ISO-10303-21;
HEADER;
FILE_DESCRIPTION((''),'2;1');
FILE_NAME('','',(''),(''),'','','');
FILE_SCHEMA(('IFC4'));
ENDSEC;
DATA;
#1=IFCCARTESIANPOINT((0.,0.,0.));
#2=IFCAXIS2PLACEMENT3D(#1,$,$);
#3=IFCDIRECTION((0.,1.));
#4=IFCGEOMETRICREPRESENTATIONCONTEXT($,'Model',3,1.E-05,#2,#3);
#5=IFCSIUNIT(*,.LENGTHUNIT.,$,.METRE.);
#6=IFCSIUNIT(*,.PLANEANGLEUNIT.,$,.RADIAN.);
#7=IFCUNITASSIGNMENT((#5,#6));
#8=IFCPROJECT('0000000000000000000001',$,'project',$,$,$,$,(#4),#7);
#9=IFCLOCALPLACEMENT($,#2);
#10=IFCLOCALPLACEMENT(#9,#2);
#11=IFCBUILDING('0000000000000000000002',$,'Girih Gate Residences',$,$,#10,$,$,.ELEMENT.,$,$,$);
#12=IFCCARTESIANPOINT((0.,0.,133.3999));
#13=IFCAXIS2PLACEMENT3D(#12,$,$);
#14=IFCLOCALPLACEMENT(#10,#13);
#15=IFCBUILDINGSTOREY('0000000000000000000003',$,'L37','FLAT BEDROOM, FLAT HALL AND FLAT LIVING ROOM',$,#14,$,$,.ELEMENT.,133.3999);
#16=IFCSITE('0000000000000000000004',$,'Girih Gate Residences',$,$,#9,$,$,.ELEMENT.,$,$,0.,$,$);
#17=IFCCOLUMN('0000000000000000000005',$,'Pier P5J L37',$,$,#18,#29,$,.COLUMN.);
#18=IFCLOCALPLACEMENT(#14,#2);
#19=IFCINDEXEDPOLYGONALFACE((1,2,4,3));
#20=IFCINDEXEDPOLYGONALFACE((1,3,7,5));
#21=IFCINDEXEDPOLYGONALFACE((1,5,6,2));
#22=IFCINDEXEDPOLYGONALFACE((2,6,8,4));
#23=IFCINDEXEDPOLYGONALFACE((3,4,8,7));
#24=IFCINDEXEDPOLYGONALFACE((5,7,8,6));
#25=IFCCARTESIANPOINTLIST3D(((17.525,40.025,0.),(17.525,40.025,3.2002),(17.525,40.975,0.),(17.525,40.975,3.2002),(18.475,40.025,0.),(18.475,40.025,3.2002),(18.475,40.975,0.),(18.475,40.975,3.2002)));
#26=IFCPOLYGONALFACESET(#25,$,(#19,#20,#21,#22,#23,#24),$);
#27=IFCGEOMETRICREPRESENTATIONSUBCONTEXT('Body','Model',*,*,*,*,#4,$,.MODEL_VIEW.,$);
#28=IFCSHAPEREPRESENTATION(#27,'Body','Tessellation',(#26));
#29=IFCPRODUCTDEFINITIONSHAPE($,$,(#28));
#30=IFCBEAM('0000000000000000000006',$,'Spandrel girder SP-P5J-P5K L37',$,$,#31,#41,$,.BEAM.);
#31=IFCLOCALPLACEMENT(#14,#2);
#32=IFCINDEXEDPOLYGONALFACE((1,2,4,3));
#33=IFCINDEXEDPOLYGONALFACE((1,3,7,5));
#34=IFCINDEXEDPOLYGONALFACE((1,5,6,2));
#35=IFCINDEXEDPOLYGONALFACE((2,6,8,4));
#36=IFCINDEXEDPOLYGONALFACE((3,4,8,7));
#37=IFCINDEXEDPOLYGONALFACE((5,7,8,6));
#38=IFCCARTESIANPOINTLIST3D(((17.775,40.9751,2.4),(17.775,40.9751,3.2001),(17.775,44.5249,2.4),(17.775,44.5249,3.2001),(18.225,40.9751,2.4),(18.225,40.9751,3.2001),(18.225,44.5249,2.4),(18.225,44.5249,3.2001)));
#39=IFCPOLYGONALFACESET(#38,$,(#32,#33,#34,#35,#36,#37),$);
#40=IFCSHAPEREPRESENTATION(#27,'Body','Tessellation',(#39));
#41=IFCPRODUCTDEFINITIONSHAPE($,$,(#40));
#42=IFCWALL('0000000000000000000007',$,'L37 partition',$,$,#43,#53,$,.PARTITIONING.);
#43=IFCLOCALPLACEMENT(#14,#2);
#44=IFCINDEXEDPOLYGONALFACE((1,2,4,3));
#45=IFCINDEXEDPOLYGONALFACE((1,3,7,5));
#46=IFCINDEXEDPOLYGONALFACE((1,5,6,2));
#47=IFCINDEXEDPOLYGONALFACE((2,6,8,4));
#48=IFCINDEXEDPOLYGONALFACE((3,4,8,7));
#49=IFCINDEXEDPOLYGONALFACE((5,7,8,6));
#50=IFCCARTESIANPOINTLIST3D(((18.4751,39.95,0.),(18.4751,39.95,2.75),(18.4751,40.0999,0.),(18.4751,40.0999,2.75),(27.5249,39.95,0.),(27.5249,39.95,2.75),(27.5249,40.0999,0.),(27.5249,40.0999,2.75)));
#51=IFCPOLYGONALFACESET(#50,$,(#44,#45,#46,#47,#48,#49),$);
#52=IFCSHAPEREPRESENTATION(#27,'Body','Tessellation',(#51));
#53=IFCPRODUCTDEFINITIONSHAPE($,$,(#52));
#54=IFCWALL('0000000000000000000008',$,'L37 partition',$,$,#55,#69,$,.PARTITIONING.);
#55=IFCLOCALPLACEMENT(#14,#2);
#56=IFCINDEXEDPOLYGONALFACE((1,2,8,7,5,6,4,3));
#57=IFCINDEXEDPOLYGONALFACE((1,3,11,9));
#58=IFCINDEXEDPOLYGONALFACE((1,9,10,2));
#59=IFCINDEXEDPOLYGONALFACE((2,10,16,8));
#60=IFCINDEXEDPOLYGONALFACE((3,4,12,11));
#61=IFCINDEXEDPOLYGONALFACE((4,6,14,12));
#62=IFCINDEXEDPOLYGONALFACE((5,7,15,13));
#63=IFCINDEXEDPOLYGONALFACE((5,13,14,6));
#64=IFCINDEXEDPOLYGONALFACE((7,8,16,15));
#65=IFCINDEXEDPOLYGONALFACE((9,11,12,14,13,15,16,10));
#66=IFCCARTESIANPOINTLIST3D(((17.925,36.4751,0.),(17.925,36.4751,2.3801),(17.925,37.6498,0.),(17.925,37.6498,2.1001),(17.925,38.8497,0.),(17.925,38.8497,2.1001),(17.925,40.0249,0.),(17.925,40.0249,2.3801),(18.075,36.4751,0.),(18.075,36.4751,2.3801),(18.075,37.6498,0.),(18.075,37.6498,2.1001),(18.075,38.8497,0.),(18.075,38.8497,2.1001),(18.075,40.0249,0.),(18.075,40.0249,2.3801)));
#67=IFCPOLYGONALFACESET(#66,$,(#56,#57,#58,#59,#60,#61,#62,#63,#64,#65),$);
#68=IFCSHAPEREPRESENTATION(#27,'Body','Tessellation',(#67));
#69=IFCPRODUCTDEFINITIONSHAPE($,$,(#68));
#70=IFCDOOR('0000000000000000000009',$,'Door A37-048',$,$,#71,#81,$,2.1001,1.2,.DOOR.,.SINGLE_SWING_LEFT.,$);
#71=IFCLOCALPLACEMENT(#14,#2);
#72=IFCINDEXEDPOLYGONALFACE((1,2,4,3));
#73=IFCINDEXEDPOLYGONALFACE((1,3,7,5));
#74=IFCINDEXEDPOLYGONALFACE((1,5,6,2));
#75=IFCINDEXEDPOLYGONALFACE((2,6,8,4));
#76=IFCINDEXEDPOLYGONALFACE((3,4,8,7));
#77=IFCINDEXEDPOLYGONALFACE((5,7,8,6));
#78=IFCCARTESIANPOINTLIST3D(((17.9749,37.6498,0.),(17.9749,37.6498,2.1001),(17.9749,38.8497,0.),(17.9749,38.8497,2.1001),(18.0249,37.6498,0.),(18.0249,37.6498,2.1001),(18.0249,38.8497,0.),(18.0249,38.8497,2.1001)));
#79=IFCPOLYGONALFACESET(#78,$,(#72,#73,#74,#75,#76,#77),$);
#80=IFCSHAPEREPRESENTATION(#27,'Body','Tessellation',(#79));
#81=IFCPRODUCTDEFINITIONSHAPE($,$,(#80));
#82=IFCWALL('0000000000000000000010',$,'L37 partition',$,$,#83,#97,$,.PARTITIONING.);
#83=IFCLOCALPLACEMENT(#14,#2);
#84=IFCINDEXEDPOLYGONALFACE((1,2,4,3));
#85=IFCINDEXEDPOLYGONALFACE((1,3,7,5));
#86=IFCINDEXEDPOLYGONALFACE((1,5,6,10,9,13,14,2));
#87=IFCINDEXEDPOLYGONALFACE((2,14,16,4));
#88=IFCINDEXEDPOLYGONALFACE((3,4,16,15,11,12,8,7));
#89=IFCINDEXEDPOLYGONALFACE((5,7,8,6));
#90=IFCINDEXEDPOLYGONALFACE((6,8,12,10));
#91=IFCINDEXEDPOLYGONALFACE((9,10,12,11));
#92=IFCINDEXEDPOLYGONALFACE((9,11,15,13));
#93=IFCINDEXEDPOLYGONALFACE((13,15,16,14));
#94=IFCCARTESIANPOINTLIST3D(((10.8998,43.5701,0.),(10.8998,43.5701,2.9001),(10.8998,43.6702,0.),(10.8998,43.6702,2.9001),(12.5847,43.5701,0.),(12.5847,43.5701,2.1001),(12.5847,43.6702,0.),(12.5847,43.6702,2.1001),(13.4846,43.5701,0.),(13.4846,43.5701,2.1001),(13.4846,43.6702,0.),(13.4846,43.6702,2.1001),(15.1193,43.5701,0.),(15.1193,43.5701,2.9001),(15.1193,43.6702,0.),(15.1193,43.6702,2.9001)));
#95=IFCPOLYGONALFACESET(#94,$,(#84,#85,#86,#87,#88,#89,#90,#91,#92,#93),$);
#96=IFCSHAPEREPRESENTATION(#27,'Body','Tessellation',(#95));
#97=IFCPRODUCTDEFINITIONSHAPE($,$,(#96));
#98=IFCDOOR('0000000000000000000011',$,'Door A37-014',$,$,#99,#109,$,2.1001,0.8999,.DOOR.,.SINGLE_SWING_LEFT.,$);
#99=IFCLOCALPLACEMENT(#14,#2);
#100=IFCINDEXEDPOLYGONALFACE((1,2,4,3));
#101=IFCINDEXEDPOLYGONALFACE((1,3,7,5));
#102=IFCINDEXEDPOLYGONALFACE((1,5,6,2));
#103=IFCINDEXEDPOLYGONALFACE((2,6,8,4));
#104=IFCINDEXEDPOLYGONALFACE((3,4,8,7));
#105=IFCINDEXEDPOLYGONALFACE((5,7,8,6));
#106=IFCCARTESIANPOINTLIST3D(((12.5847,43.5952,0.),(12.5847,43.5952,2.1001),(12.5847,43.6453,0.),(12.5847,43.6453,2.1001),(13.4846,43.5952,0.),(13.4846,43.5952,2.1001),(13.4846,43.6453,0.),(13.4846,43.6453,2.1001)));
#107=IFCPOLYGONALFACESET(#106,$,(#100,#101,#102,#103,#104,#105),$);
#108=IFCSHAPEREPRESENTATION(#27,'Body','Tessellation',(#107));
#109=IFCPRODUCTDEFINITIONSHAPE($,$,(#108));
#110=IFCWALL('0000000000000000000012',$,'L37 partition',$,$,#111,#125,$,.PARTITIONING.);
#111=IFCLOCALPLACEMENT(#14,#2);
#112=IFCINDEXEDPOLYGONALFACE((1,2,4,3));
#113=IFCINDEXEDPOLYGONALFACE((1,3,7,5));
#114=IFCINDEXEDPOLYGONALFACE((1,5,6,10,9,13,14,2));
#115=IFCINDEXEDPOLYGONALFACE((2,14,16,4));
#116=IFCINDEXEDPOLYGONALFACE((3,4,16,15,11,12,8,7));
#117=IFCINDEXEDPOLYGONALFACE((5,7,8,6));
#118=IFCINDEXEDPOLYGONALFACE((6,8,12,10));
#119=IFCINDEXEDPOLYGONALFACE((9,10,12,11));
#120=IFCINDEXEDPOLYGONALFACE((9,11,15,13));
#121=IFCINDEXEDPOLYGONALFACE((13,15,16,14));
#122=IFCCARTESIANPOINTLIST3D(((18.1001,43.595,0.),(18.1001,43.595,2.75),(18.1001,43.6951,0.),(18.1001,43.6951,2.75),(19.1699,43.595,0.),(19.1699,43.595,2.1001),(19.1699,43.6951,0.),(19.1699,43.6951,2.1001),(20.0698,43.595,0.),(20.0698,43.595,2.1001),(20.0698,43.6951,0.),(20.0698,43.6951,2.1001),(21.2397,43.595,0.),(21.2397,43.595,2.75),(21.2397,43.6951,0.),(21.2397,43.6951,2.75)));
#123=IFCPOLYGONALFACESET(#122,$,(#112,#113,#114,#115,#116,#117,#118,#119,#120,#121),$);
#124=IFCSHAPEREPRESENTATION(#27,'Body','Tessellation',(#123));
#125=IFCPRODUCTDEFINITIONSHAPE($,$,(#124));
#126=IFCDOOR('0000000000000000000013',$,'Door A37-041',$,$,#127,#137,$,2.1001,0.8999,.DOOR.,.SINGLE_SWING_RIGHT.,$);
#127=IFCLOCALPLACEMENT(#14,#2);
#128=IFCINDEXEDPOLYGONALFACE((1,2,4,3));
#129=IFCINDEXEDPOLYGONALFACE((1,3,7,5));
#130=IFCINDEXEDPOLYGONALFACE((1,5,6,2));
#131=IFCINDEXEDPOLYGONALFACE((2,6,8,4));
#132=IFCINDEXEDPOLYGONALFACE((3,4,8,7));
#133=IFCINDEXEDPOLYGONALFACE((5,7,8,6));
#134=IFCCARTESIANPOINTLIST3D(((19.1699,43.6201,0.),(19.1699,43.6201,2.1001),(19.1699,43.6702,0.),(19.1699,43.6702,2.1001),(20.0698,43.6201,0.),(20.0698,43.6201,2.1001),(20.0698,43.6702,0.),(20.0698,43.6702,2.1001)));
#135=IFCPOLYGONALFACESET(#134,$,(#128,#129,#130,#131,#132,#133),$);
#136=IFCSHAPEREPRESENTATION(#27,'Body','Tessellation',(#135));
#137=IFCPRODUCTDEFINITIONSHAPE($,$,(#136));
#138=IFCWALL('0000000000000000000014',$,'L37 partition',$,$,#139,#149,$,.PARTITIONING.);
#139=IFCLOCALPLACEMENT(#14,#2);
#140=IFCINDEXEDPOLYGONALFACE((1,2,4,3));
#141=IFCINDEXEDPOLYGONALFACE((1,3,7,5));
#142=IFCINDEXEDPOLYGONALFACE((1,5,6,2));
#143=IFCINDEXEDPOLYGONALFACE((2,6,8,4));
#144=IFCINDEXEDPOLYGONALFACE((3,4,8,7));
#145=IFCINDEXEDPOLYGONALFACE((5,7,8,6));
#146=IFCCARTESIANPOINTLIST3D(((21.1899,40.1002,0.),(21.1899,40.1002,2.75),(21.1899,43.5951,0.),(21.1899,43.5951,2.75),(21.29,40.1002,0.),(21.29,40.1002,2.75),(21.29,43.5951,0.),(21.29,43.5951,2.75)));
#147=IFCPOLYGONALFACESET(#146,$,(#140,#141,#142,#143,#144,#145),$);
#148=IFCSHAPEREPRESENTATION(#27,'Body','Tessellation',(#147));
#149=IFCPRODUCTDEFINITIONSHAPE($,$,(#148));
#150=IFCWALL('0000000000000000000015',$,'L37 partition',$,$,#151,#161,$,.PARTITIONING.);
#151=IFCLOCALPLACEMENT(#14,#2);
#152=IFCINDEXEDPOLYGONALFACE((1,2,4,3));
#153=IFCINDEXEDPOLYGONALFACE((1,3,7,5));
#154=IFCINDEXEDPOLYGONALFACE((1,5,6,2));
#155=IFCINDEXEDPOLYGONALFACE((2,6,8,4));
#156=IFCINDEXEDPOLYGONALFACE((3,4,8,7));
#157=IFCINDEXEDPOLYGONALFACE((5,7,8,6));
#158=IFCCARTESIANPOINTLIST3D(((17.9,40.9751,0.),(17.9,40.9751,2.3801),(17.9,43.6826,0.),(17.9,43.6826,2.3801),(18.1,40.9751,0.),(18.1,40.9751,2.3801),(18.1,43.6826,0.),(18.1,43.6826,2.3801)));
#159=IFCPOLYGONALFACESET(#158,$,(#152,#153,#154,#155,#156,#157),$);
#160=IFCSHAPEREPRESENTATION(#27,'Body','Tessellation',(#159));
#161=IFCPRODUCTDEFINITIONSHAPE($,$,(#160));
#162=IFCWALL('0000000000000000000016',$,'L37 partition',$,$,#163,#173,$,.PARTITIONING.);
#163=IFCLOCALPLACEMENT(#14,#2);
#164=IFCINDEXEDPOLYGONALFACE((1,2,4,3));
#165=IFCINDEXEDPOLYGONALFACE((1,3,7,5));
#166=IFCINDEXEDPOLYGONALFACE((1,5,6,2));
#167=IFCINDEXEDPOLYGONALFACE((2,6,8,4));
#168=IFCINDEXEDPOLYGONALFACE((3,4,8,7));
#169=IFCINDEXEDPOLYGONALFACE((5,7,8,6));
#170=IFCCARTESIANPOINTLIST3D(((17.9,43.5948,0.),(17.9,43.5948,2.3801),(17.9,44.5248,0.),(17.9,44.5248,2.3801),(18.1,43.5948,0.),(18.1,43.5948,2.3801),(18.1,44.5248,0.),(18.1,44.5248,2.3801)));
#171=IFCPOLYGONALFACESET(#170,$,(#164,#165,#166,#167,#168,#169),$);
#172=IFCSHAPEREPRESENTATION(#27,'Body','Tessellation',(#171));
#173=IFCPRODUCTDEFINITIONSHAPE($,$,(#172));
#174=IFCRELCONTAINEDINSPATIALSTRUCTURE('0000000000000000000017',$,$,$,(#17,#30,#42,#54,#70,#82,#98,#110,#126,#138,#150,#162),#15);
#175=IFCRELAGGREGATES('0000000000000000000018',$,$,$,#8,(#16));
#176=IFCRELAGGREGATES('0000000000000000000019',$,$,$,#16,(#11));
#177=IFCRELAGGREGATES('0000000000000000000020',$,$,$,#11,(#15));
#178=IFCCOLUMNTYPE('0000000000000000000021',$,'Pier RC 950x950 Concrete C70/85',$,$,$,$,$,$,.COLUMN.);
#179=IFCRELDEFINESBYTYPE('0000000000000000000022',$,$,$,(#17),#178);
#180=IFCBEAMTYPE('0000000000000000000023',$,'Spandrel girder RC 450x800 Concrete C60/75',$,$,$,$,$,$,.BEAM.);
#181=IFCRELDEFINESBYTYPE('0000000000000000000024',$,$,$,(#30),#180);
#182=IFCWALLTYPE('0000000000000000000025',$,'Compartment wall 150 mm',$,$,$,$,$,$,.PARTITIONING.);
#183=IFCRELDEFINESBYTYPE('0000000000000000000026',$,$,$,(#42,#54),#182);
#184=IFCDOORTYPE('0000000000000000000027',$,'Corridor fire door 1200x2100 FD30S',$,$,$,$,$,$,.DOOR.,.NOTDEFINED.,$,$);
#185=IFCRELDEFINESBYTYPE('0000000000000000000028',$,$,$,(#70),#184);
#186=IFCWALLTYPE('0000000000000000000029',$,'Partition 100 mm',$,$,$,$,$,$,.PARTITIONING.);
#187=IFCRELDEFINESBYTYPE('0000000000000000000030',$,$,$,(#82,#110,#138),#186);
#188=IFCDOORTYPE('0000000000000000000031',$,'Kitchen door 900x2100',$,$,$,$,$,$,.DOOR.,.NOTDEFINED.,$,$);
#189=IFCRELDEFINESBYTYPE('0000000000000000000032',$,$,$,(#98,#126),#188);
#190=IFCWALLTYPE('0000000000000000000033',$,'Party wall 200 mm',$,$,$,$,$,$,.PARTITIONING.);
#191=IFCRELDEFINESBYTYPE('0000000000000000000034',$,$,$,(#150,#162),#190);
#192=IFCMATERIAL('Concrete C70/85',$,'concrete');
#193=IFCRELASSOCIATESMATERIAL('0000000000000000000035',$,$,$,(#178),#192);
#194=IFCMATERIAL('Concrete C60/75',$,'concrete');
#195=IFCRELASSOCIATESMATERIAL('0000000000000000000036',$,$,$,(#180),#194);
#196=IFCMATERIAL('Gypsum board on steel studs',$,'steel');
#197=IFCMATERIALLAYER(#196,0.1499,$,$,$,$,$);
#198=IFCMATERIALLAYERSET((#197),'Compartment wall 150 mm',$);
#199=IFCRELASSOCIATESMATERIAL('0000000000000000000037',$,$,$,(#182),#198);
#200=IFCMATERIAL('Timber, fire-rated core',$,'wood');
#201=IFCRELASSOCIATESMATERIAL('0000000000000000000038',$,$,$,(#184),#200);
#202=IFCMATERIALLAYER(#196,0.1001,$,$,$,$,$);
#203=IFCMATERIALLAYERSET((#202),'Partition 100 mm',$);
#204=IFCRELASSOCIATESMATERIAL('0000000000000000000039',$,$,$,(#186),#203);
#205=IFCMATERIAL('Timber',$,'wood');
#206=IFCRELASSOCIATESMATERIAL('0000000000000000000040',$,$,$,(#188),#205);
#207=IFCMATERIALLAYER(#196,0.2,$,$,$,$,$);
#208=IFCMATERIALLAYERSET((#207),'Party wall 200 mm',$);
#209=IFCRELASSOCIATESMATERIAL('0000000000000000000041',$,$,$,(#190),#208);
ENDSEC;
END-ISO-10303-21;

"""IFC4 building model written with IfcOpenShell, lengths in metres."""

from ifc_helpers import new_model, si_unit, direction, frame, frame_2d, origin, origin_2d, place, context, subcontext, project, spatial, rectangle, extrude, material, layer, layer_set, material_profile, profile_set, type_object, element, fill, save


model = new_model("IFC4")

# Units and contexts
model_context = context("Model", 3, precision=1e-05, world=origin(), true_north=direction((0.0, 1.0)))
body_context = subcontext(model_context, "Body", "Model", "MODEL_VIEW")
ifc_project = project(units=[si_unit("LENGTHUNIT", "METRE"), si_unit("PLANEANGLEUNIT", "RADIAN")], contexts=[model_context])

# Site, building, storey
site_placement = place(None, origin())
site = spatial("IfcSite", under=ifc_project, at=site_placement, Name="Girih Gate Residences", CompositionType="ELEMENT", RefElevation=0.0)
building_placement = place(site_placement, origin())
building = spatial("IfcBuilding", under=site, at=building_placement, Name="Girih Gate Residences", CompositionType="ELEMENT")
storey_placement = place(building_placement, frame((0.0, 0.0, 133.3999)))
storey = spatial("IfcBuildingStorey", under=building, at=storey_placement, Name="L37", Description="FLAT BEDROOM, FLAT HALL AND FLAT LIVING ROOM", CompositionType="ELEMENT", Elevation=133.3999)

# Column
ifc_material_1 = material(Name="Concrete C70/85", Category="concrete")
ifc_material_profile_1 = material_profile(ifc_material_1, rectangle(XDim=0.95, YDim=0.95, at=origin_2d()))
ifc_profile_set_1 = profile_set([ifc_material_profile_1], Name="Concrete C70/85")
column_type = type_object("IfcColumnType", Name="Pier RC 950x950 Concrete C70/85", PredefinedType="COLUMN", material=ifc_profile_set_1)
column_placement = place(storey_placement, frame((18.0, 40.5, 0.0), z_axis=(0.0, 0.0, 1.0), x_axis=(1.0, 0.0, 0.0)))
element("IfcColumn", 1, at=column_placement, inside=storey, type_object=column_type, Name="Pier P5J L37", PredefinedType="COLUMN", context=body_context, shape_type="SweptSolid", body=[
    extrude(rectangle(XDim=0.95, YDim=0.95, at=origin_2d()), origin(), (0.0, 0.0, 1.0), 3.2002),
])

# Beam
ifc_material_2 = material(Name="Concrete C60/75", Category="concrete")
ifc_material_profile_2 = material_profile(ifc_material_2, rectangle(XDim=0.45, YDim=0.8, at=origin_2d()))
ifc_profile_set_2 = profile_set([ifc_material_profile_2], Name="Concrete C60/75")
beam_type = type_object("IfcBeamType", Name="Spandrel girder RC 450x800 Concrete C60/75", PredefinedType="BEAM", material=ifc_profile_set_2)
beam_placement = place(storey_placement, frame((18.0, 40.9751, 2.8), z_axis=(0.0, 1.0, 0.0), x_axis=(-1.0, 0.0, 0.0)))
element("IfcBeam", 2, at=beam_placement, inside=storey, type_object=beam_type, Name="Spandrel girder SP-P5J-P5K L37", PredefinedType="BEAM", context=body_context, shape_type="SweptSolid", body=[
    extrude(rectangle(XDim=0.45, YDim=0.8, at=origin_2d()), origin(), (0.0, 0.0, 1.0), 3.5498),
])

# Wall
ifc_material_3 = material(Name="Gypsum board on steel studs", Category="steel")
ifc_layer_1 = layer(ifc_material_3, 0.1499)
ifc_layer_set_1 = layer_set([ifc_layer_1], Name="Compartment wall 150 mm")
wall_type_1 = type_object("IfcWallType", Name="Compartment wall 150 mm", PredefinedType="PARTITIONING", material=ifc_layer_set_1)
wall_1_placement = place(storey_placement, frame((18.4751, 40.0249, 0.0), z_axis=(0.0, 0.0, 1.0), x_axis=(1.0, 0.0, 0.0)))
element("IfcWall", 3, at=wall_1_placement, inside=storey, type_object=wall_type_1, Name="L37 partition", PredefinedType="PARTITIONING", context=body_context, shape_type="SweptSolid", body=[
    extrude(rectangle(XDim=9.0498, YDim=0.1499, at=frame_2d((4.5249, 0.0))), origin(), (0.0, 0.0, 1.0), 2.75),
])

# Walls, openings, doors
wall_2_placement = place(storey_placement, frame((18.0, 40.0249, 0.0), z_axis=(0.0, 0.0, 1.0), x_axis=(0.0, -1.0, 0.0)))
wall_2 = element("IfcWall", 4, at=wall_2_placement, inside=storey, type_object=wall_type_1, Name="L37 partition", PredefinedType="PARTITIONING", context=body_context, shape_type="SweptSolid", body=[
    extrude(rectangle(XDim=3.5498, YDim=0.1499, at=frame_2d((1.7749, 0.0))), origin(), (0.0, 0.0, 1.0), 2.3801),
])
opening_1_placement = place(wall_2_placement, frame((1.175, 0.0, 0.0)))
opening_1 = element("IfcOpeningElement", 5, at=opening_1_placement, cuts=wall_2, PredefinedType="OPENING", context=body_context, shape_type="SweptSolid", body=[
    extrude(rectangle(XDim=1.2, YDim=2.1001, at=frame_2d((0.6001, 1.05))), frame((0.0, 0.085, 0.0), z_axis=(0.0, -1.0, 0.0), x_axis=(1.0, 0.0, 0.0)), (0.0, 0.0, 1.0), 0.1699),
])
ifc_material_4 = material(Name="Timber, fire-rated core", Category="wood")
door_type_1 = type_object("IfcDoorType", Name="Corridor fire door 1200x2100 FD30S", OperationType="NOTDEFINED", PredefinedType="DOOR", material=ifc_material_4)
door_1_placement = place(opening_1_placement, origin())
door_1 = element("IfcDoor", 6, at=door_1_placement, inside=storey, type_object=door_type_1, Name="Door A37-048", OperationType="SINGLE_SWING_LEFT", OverallHeight=2.1001, OverallWidth=1.2, PredefinedType="DOOR", context=body_context, shape_type="SweptSolid", body=[
    extrude(rectangle(XDim=1.2, YDim=2.1001, at=frame_2d((0.6001, 1.05))), frame((0.0, 0.0249, 0.0), z_axis=(0.0, -1.0, 0.0), x_axis=(1.0, 0.0, 0.0)), (0.0, 0.0, 1.0), 0.05),
])
fill(opening_1, door_1)
ifc_layer_2 = layer(ifc_material_3, 0.1001)
ifc_layer_set_2 = layer_set([ifc_layer_2], Name="Partition 100 mm")
wall_type_2 = type_object("IfcWallType", Name="Partition 100 mm", PredefinedType="PARTITIONING", material=ifc_layer_set_2)
wall_3_placement = place(storey_placement, frame((15.1194, 43.6201, 0.0), z_axis=(0.0, 0.0, 1.0), x_axis=(-1.0, 0.0, 0.0)))
wall_3 = element("IfcWall", 7, at=wall_3_placement, inside=storey, type_object=wall_type_2, Name="L37 partition", PredefinedType="PARTITIONING", context=body_context, shape_type="SweptSolid", body=[
    extrude(rectangle(XDim=4.2195, YDim=0.1001, at=frame_2d((2.1099, 0.0))), origin(), (0.0, 0.0, 1.0), 2.9001),
])
opening_2_placement = place(wall_3_placement, frame((1.6348, 0.0, 0.0)))
opening_2 = element("IfcOpeningElement", 8, at=opening_2_placement, cuts=wall_3, PredefinedType="OPENING", context=body_context, shape_type="SweptSolid", body=[
    extrude(rectangle(XDim=0.8999, YDim=2.1001, at=frame_2d((0.45, 1.05))), frame((0.0, 0.0601, 0.0), z_axis=(0.0, -1.0, 0.0), x_axis=(1.0, 0.0, 0.0)), (0.0, 0.0, 1.0), 0.1201),
])
ifc_material_5 = material(Name="Timber", Category="wood")
door_type_2 = type_object("IfcDoorType", Name="Kitchen door 900x2100", OperationType="NOTDEFINED", PredefinedType="DOOR", material=ifc_material_5)
door_2_placement = place(opening_2_placement, origin())
door_2 = element("IfcDoor", 9, at=door_2_placement, inside=storey, type_object=door_type_2, Name="Door A37-014", OperationType="SINGLE_SWING_LEFT", OverallHeight=2.1001, OverallWidth=0.8999, PredefinedType="DOOR", context=body_context, shape_type="SweptSolid", body=[
    extrude(rectangle(XDim=0.8999, YDim=2.1001, at=frame_2d((0.45, 1.05))), frame((0.0, 0.0249, 0.0), z_axis=(0.0, -1.0, 0.0), x_axis=(1.0, 0.0, 0.0)), (0.0, 0.0, 1.0), 0.05),
])
fill(opening_2, door_2)
wall_4_placement = place(storey_placement, frame((21.2397, 43.645, 0.0), z_axis=(0.0, 0.0, 1.0), x_axis=(-1.0, 0.0, 0.0)))
wall_4 = element("IfcWall", 10, at=wall_4_placement, inside=storey, type_object=wall_type_2, Name="L37 partition", PredefinedType="PARTITIONING", context=body_context, shape_type="SweptSolid", body=[
    extrude(rectangle(XDim=3.1396, YDim=0.1001, at=frame_2d((1.5698, 0.0))), origin(), (0.0, 0.0, 1.0), 2.75),
])
opening_3_placement = place(wall_4_placement, frame((1.1699, 0.0, 0.0)))
opening_3 = element("IfcOpeningElement", 11, at=opening_3_placement, cuts=wall_4, PredefinedType="OPENING", context=body_context, shape_type="SweptSolid", body=[
    extrude(rectangle(XDim=0.8999, YDim=2.1001, at=frame_2d((0.45, 1.05))), frame((0.0, 0.0601, 0.0), z_axis=(0.0, -1.0, 0.0), x_axis=(1.0, 0.0, 0.0)), (0.0, 0.0, 1.0), 0.1201),
])
door_3_placement = place(opening_3_placement, origin())
door_3 = element("IfcDoor", 12, at=door_3_placement, inside=storey, type_object=door_type_2, Name="Door A37-041", OperationType="SINGLE_SWING_RIGHT", OverallHeight=2.1001, OverallWidth=0.8999, PredefinedType="DOOR", context=body_context, shape_type="SweptSolid", body=[
    extrude(rectangle(XDim=0.8999, YDim=2.1001, at=frame_2d((0.45, 1.05))), frame((0.0, 0.0249, 0.0), z_axis=(0.0, -1.0, 0.0), x_axis=(1.0, 0.0, 0.0)), (0.0, 0.0, 1.0), 0.05),
])
fill(opening_3, door_3)

# Walls
wall_5_placement = place(storey_placement, frame((21.24, 40.1001, 0.0), z_axis=(0.0, 0.0, 1.0), x_axis=(0.0, 1.0, 0.0)))
element("IfcWall", 13, at=wall_5_placement, inside=storey, type_object=wall_type_2, Name="L37 partition", PredefinedType="PARTITIONING", context=body_context, shape_type="SweptSolid", body=[
    extrude(rectangle(XDim=3.4949, YDim=0.1001, at=frame_2d((1.7476, 0.0))), origin(), (0.0, 0.0, 1.0), 2.75),
])
ifc_layer_3 = layer(ifc_material_3, 0.2)
ifc_layer_set_3 = layer_set([ifc_layer_3], Name="Party wall 200 mm")
wall_type_3 = type_object("IfcWallType", Name="Party wall 200 mm", PredefinedType="PARTITIONING", material=ifc_layer_set_3)
wall_6_placement = place(storey_placement, frame((18.0, 40.9751, 0.0), z_axis=(0.0, 0.0, 1.0), x_axis=(0.0, 1.0, 0.0)))
element("IfcWall", 14, at=wall_6_placement, inside=storey, type_object=wall_type_3, Name="L37 partition", PredefinedType="PARTITIONING", context=body_context, shape_type="SweptSolid", body=[
    extrude(rectangle(XDim=2.7075, YDim=0.2, at=frame_2d((1.3538, 0.0))), origin(), (0.0, 0.0, 1.0), 2.3801),
])
wall_7_placement = place(storey_placement, frame((18.0, 43.595, 0.0), z_axis=(0.0, 0.0, 1.0), x_axis=(0.0, 1.0, 0.0)))
element("IfcWall", 15, at=wall_7_placement, inside=storey, type_object=wall_type_3, Name="L37 partition", PredefinedType="PARTITIONING", context=body_context, shape_type="SweptSolid", body=[
    extrude(rectangle(XDim=0.9299, YDim=0.2, at=frame_2d((0.4648, 0.0))), origin(), (0.0, 0.0, 1.0), 2.3801),
])

save(model, "model.ifc")
